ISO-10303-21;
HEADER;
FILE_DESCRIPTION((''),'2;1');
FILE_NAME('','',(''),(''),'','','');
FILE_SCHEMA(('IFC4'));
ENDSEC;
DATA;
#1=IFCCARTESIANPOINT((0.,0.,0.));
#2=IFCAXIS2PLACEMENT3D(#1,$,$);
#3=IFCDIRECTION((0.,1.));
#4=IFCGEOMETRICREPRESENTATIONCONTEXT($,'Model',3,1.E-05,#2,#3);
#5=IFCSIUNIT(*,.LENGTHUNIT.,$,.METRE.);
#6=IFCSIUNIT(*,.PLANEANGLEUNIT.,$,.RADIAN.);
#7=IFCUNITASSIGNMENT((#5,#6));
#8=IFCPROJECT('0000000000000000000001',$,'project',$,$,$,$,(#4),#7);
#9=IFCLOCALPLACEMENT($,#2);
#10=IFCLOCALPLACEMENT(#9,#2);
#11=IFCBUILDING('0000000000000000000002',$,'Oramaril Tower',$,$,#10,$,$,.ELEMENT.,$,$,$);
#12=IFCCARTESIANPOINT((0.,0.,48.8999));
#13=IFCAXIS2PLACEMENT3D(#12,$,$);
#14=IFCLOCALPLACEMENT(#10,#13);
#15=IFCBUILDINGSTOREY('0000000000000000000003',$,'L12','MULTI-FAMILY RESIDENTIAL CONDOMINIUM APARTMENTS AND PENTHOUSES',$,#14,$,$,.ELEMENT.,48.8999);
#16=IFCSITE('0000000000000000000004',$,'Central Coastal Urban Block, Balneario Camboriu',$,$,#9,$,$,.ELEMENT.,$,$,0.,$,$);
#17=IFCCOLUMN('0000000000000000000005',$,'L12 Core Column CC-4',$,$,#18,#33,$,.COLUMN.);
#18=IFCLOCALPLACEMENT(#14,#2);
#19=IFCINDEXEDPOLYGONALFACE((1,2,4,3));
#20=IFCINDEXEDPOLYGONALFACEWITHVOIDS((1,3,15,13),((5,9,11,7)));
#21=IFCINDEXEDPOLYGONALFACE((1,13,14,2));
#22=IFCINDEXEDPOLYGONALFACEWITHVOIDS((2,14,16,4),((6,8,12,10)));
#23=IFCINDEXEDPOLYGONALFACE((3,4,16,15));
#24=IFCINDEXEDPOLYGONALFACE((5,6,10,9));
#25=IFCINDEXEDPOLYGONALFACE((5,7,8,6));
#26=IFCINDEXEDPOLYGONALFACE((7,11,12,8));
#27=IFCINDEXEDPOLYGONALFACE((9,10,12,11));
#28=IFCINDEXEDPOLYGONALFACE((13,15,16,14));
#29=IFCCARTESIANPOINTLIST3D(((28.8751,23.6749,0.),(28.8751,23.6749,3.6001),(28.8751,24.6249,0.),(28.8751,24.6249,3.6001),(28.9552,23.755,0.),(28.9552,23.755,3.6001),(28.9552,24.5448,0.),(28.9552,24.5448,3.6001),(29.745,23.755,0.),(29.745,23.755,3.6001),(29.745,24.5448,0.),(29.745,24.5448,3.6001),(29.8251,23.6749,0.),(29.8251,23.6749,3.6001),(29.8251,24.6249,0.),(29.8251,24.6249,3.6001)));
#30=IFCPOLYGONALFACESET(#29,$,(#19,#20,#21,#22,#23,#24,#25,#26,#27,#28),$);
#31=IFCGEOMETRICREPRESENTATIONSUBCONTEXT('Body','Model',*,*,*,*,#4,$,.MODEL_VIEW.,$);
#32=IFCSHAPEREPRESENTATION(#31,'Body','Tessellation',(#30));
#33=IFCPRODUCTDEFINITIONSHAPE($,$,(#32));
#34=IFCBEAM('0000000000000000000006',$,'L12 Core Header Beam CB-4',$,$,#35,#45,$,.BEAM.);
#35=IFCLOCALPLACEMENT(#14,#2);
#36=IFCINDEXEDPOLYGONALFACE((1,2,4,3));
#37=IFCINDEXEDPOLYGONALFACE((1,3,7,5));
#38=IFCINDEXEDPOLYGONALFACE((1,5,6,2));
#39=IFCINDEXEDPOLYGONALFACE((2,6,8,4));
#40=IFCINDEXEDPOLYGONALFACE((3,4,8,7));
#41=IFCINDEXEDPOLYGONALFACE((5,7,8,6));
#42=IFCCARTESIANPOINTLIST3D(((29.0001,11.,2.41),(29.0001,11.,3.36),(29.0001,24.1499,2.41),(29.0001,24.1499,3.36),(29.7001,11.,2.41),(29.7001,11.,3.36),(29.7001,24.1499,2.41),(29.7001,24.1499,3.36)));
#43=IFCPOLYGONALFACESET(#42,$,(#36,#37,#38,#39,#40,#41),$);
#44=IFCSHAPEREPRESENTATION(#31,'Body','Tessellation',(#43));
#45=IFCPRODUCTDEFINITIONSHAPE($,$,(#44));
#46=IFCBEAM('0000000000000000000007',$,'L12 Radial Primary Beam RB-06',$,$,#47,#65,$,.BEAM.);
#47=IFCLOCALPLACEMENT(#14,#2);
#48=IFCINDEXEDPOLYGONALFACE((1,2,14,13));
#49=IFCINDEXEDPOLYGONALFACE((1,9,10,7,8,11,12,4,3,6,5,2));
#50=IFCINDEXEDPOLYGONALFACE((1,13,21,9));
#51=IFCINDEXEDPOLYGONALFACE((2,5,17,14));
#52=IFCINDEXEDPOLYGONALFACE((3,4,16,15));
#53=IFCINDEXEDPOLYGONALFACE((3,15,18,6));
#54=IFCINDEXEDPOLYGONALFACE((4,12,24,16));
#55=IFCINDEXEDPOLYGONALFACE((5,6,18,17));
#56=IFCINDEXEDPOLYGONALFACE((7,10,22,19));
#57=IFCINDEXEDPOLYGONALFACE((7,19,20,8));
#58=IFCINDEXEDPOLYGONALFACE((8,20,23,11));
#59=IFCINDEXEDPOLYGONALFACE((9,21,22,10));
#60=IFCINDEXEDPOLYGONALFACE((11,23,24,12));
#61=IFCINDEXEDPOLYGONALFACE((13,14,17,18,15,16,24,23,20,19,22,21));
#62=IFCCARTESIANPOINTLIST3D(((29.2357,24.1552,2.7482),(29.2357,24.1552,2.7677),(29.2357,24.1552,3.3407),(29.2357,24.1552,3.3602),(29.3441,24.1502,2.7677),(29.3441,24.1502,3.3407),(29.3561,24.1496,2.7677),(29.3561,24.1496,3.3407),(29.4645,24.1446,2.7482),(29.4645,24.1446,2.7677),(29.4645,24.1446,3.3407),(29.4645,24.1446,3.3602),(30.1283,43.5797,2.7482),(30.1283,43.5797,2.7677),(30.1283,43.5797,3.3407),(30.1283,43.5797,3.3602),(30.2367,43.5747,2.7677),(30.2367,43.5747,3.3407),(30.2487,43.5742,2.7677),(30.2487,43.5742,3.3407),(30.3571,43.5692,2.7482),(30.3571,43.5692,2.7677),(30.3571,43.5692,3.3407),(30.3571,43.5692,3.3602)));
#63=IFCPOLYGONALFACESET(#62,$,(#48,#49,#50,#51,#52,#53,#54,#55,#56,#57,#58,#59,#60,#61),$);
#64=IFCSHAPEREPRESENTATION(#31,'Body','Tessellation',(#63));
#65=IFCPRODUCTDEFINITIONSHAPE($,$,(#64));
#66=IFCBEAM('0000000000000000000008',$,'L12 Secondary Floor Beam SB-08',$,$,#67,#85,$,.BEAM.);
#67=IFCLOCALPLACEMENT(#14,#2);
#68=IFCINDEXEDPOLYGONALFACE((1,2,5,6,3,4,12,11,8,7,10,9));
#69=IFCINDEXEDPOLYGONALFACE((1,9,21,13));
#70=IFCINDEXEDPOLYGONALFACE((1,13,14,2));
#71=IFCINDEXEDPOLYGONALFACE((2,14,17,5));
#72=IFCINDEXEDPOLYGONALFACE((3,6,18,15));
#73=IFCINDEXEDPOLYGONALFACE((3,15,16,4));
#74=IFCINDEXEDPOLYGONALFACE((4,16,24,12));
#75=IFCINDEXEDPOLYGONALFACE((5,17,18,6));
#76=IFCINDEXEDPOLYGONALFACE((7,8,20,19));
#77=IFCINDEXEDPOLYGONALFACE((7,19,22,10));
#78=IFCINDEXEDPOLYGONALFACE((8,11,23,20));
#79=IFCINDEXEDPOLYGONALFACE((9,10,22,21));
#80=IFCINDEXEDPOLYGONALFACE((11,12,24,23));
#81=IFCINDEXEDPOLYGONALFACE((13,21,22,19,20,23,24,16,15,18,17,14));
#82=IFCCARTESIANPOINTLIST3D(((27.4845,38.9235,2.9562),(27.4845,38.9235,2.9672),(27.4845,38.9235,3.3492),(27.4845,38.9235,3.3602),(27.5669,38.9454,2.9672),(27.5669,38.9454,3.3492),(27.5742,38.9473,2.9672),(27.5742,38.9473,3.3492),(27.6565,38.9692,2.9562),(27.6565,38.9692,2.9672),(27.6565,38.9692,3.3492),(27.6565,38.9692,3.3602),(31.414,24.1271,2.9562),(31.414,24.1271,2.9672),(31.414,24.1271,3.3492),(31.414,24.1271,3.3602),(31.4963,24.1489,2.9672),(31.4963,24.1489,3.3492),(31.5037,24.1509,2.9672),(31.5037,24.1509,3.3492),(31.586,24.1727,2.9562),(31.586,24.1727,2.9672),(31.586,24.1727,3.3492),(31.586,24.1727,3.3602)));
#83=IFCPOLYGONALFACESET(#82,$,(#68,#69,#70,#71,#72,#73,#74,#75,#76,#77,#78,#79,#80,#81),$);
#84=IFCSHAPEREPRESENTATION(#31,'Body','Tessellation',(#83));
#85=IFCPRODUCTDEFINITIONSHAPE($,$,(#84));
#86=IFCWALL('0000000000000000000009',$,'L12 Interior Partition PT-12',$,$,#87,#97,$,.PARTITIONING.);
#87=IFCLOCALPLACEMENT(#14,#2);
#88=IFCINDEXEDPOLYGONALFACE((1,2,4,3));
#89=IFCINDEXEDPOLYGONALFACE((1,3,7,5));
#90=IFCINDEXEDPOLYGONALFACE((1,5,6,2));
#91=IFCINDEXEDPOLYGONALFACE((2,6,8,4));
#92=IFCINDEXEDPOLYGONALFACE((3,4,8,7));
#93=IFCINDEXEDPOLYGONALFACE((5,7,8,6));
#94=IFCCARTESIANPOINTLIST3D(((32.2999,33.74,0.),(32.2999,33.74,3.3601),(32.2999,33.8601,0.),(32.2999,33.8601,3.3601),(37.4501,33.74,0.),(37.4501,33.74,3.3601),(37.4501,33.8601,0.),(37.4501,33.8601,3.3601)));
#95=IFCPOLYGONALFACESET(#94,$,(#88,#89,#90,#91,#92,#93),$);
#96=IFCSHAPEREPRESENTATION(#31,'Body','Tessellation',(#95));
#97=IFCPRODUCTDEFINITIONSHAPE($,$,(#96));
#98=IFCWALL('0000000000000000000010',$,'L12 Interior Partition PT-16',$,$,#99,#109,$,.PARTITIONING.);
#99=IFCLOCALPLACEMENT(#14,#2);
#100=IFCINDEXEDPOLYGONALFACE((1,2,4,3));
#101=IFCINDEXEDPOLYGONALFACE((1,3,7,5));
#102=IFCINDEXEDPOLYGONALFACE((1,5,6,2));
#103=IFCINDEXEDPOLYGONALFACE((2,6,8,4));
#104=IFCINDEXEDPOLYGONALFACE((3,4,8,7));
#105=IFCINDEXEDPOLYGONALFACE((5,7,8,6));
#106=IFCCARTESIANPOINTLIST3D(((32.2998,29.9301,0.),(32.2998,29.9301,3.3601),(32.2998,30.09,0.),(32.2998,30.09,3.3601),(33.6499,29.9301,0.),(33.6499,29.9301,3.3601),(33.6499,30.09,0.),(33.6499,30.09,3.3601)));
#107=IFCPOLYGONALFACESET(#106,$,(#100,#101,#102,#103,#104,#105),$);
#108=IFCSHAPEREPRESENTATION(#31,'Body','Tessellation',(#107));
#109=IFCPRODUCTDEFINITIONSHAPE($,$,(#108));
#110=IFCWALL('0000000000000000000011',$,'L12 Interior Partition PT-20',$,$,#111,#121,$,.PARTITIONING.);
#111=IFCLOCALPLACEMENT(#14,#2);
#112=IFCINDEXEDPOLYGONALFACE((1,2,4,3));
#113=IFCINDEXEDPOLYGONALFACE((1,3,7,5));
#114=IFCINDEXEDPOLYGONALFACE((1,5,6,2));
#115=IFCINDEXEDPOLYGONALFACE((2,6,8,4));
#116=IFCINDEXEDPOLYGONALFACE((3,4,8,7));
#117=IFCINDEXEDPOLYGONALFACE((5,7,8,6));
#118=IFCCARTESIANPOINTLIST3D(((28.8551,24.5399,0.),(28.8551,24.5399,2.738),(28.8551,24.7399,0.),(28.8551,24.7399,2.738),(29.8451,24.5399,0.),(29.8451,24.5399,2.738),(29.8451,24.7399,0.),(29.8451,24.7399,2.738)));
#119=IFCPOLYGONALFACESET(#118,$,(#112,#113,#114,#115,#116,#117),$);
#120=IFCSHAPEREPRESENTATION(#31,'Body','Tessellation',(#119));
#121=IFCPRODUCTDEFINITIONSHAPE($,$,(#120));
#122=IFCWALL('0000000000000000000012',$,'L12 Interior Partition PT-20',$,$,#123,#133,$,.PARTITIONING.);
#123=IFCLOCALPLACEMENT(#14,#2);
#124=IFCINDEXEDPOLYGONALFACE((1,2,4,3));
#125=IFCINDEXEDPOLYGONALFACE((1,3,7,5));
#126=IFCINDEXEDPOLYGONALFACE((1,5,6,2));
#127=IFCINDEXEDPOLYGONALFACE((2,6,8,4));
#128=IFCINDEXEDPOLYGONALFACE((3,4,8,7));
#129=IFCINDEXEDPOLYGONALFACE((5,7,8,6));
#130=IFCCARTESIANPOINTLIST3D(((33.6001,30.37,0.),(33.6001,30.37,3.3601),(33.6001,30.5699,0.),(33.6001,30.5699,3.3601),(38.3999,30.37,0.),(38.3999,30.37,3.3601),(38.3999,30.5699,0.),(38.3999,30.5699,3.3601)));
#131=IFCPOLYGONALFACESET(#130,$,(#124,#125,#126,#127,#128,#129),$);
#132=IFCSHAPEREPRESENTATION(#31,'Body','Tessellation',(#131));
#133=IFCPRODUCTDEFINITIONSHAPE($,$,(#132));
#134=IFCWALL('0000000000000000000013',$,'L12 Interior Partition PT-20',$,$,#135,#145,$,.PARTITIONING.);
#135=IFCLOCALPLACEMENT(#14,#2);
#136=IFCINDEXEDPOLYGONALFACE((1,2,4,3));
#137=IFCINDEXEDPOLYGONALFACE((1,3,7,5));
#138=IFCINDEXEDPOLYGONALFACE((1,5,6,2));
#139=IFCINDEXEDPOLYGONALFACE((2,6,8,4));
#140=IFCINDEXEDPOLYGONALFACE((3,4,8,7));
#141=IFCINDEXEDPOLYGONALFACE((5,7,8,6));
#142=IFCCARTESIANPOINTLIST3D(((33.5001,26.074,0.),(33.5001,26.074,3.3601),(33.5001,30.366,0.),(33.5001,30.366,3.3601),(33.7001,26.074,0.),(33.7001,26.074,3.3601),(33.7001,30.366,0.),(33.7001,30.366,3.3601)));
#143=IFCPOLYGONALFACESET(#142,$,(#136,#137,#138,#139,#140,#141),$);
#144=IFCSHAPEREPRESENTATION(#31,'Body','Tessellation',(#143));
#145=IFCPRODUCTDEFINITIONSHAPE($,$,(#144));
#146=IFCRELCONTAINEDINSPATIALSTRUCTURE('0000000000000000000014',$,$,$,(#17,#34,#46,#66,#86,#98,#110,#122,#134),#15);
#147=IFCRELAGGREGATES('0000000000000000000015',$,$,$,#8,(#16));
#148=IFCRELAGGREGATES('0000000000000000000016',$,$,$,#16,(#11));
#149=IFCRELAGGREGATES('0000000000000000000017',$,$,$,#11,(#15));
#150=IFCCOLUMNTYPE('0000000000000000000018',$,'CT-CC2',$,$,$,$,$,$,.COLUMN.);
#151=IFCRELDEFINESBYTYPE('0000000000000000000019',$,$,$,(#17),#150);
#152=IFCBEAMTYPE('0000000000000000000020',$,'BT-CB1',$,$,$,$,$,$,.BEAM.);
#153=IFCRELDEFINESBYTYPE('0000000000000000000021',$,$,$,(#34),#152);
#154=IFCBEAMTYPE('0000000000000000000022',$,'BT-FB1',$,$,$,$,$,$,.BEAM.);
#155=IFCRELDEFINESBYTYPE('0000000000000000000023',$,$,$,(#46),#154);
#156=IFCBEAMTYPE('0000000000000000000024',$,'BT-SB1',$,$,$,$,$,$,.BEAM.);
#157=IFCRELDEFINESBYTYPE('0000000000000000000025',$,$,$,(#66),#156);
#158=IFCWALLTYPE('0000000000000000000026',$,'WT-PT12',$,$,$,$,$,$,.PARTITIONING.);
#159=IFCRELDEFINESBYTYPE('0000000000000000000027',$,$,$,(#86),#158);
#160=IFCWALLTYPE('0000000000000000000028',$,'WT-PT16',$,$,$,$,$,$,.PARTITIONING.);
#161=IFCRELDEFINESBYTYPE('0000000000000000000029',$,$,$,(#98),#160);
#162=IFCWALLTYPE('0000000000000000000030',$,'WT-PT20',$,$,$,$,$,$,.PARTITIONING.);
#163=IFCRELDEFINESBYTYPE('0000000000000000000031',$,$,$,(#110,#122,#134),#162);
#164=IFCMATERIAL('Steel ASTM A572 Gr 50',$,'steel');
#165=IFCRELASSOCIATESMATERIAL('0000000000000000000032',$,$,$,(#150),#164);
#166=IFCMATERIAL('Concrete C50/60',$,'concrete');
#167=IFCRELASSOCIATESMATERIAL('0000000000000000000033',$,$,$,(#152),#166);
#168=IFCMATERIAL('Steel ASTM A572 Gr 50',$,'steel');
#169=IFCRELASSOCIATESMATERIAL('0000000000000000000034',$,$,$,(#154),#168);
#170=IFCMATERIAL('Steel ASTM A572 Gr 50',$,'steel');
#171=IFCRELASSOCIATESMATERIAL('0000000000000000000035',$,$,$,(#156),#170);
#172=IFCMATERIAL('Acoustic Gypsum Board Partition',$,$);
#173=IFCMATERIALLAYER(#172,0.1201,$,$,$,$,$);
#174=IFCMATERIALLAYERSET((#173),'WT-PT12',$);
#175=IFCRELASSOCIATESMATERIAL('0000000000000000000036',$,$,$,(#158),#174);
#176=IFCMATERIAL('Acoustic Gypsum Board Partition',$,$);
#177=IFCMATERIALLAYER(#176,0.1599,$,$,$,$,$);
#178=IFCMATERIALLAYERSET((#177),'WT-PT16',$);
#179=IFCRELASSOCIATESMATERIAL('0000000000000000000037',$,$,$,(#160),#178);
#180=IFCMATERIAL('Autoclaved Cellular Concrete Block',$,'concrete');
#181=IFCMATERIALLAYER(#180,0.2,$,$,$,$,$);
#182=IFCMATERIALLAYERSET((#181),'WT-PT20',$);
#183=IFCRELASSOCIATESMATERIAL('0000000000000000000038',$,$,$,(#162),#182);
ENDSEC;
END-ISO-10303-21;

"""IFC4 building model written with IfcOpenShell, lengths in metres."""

from ifc_helpers import new_model, si_unit, direction, frame, frame_2d, origin, origin_2d, place, context, subcontext, project, spatial, rectangle, hollow_rectangle, i_section, extrude, material, layer, layer_set, material_profile, profile_set, type_object, element, save


model = new_model("IFC4")

# Units and contexts
model_context = context("Model", 3, precision=1e-05, world=origin(), true_north=direction((0.0, 1.0)))
body_context = subcontext(model_context, "Body", "Model", "MODEL_VIEW")
ifc_project = project(units=[si_unit("LENGTHUNIT", "METRE"), si_unit("PLANEANGLEUNIT", "RADIAN")], contexts=[model_context])

# Site, building, storey
site_placement = place(None, origin())
site = spatial("IfcSite", under=ifc_project, at=site_placement, Name="Central Coastal Urban Block, Balneario Camboriu", CompositionType="ELEMENT", RefElevation=0.0)
building_placement = place(site_placement, origin())
building = spatial("IfcBuilding", under=site, at=building_placement, Name="Oramaril Tower", CompositionType="ELEMENT")
storey_placement = place(building_placement, frame((0.0, 0.0, 48.8999)))
storey = spatial("IfcBuildingStorey", under=building, at=storey_placement, Name="L12", Description="MULTI-FAMILY RESIDENTIAL CONDOMINIUM APARTMENTS AND PENTHOUSES", CompositionType="ELEMENT", Elevation=48.8999)

# Column
ifc_material_1 = material(Name="Steel ASTM A572 Gr 50", Category="steel")
ifc_material_profile_1 = material_profile(ifc_material_1, hollow_rectangle(XDim=0.95, YDim=0.95, WallThickness=0.0801, at=origin_2d()), Name="BOX950X950X80")
ifc_profile_set_1 = profile_set([ifc_material_profile_1], Name="Steel ASTM A572 Gr 50")
column_type = type_object("IfcColumnType", Name="CT-CC2", PredefinedType="COLUMN", material=ifc_profile_set_1)
column_placement = place(storey_placement, frame((29.3501, 24.1499, 0.0), z_axis=(0.0, 0.0, 1.0), x_axis=(1.0, 0.0, 0.0)))
element("IfcColumn", 1, at=column_placement, inside=storey, type_object=column_type, Name="L12 Core Column CC-4", PredefinedType="COLUMN", context=body_context, shape_type="SweptSolid", body=[
    extrude(hollow_rectangle(XDim=0.95, YDim=0.95, WallThickness=0.0801, at=origin_2d()), origin(), (0.0, 0.0, 1.0), 3.6001),
])

# Beams
ifc_material_2 = material(Name="Concrete C50/60", Category="concrete")
ifc_material_profile_2 = material_profile(ifc_material_2, rectangle(XDim=0.7, YDim=0.95, at=origin_2d()), Name="CB700X950")
ifc_profile_set_2 = profile_set([ifc_material_profile_2], Name="Concrete C50/60")
beam_type_1 = type_object("IfcBeamType", Name="BT-CB1", PredefinedType="BEAM", material=ifc_profile_set_2)
beam_1_placement = place(storey_placement, frame((29.3501, 24.1499, 2.885), z_axis=(0.0, -1.0, 0.0), x_axis=(1.0, 0.0, 0.0)))
element("IfcBeam", 2, at=beam_1_placement, inside=storey, type_object=beam_type_1, Name="L12 Core Header Beam CB-4", PredefinedType="BEAM", context=body_context, shape_type="SweptSolid", body=[
    extrude(rectangle(XDim=0.7, YDim=0.95, at=origin_2d()), origin(), (0.0, 0.0, 1.0), 13.1499),
])
ifc_material_3 = material(Name="Steel ASTM A572 Gr 50", Category="steel")
ifc_material_profile_3 = material_profile(ifc_material_3, i_section(OverallWidth=0.229, OverallDepth=0.6121, WebThickness=0.012, FlangeThickness=0.0195, at=origin_2d()), Name="W24X84")
ifc_profile_set_3 = profile_set([ifc_material_profile_3], Name="Steel ASTM A572 Gr 50")
beam_type_2 = type_object("IfcBeamType", Name="BT-FB1", PredefinedType="BEAM", material=ifc_profile_set_3)
beam_2_placement = place(storey_placement, frame((29.3501, 24.1499, 3.0542), z_axis=(0.045903, 0.998946, 0.0), x_axis=(-0.998946, 0.045903, 0.0)))
element("IfcBeam", 3, at=beam_2_placement, inside=storey, type_object=beam_type_2, Name="L12 Radial Primary Beam RB-06", PredefinedType="BEAM", context=body_context, shape_type="SweptSolid", body=[
    extrude(i_section(OverallWidth=0.229, OverallDepth=0.6121, WebThickness=0.012, FlangeThickness=0.0195, at=origin_2d()), origin(), (0.0, 0.0, 1.0), 19.4451),
])
ifc_material_4 = material(Name="Steel ASTM A572 Gr 50", Category="steel")
ifc_material_profile_4 = material_profile(ifc_material_4, i_section(OverallWidth=0.178, OverallDepth=0.4041, WebThickness=0.0076, FlangeThickness=0.011, at=origin_2d()), Name="W16X36")
ifc_profile_set_4 = profile_set([ifc_material_profile_4], Name="Steel ASTM A572 Gr 50")
beam_type_3 = type_object("IfcBeamType", Name="BT-SB1", PredefinedType="BEAM", material=ifc_profile_set_4)
beam_3_placement = place(storey_placement, frame((31.5, 24.1499, 3.1582), z_axis=(-0.256671, 0.966499, 0.0), x_axis=(-0.966499, -0.256671, 0.0)))
element("IfcBeam", 4, at=beam_3_placement, inside=storey, type_object=beam_type_3, Name="L12 Secondary Floor Beam SB-08", PredefinedType="BEAM", context=body_context, shape_type="SweptSolid", body=[
    extrude(i_section(OverallWidth=0.178, OverallDepth=0.4041, WebThickness=0.0076, FlangeThickness=0.011, at=origin_2d()), origin(), (0.0, 0.0, 1.0), 15.3093),
])

# Wall
ifc_material_5 = material(Name="Acoustic Gypsum Board Partition")
ifc_layer_1 = layer(ifc_material_5, 0.1201)
ifc_layer_set_1 = layer_set([ifc_layer_1], Name="WT-PT12")
wall_type_1 = type_object("IfcWallType", Name="WT-PT12", PredefinedType="PARTITIONING", material=ifc_layer_set_1)
wall_1_placement = place(storey_placement, frame((32.2998, 33.8, 0.0), z_axis=(0.0, 0.0, 1.0), x_axis=(1.0, 0.0, 0.0)))
element("IfcWall", 5, at=wall_1_placement, inside=storey, type_object=wall_type_1, Name="L12 Interior Partition PT-12", PredefinedType="PARTITIONING", context=body_context, shape_type="SweptSolid", body=[
    extrude(rectangle(XDim=5.1501, YDim=0.1201, at=frame_2d((2.5752, 0.0))), origin(), (0.0, 0.0, 1.0), 3.3601),
])

# Walls
ifc_material_6 = material(Name="Acoustic Gypsum Board Partition")
ifc_layer_2 = layer(ifc_material_6, 0.1599)
ifc_layer_set_2 = layer_set([ifc_layer_2], Name="WT-PT16")
wall_type_2 = type_object("IfcWallType", Name="WT-PT16", PredefinedType="PARTITIONING", material=ifc_layer_set_2)
wall_2_placement = place(storey_placement, frame((32.2998, 30.01, 0.0), z_axis=(0.0, 0.0, 1.0), x_axis=(1.0, 0.0, 0.0)))
element("IfcWall", 6, at=wall_2_placement, inside=storey, type_object=wall_type_2, Name="L12 Interior Partition PT-16", PredefinedType="PARTITIONING", context=body_context, shape_type="SweptSolid", body=[
    extrude(rectangle(XDim=1.3501, YDim=0.1599, at=frame_2d((0.675, 0.0))), origin(), (0.0, 0.0, 1.0), 3.3601),
])
ifc_material_7 = material(Name="Autoclaved Cellular Concrete Block", Category="concrete")
ifc_layer_3 = layer(ifc_material_7, 0.2)
ifc_layer_set_3 = layer_set([ifc_layer_3], Name="WT-PT20")
wall_type_3 = type_object("IfcWallType", Name="WT-PT20", PredefinedType="PARTITIONING", material=ifc_layer_set_3)
wall_3_placement = place(storey_placement, frame((28.855, 24.6399, 0.0), z_axis=(0.0, 0.0, 1.0), x_axis=(1.0, 0.0, 0.0)))
element("IfcWall", 7, at=wall_3_placement, inside=storey, type_object=wall_type_3, Name="L12 Interior Partition PT-20", PredefinedType="PARTITIONING", context=body_context, shape_type="SweptSolid", body=[
    extrude(rectangle(XDim=0.99, YDim=0.2, at=frame_2d((0.4951, 0.0))), origin(), (0.0, 0.0, 1.0), 2.738),
])
wall_4_placement = place(storey_placement, frame((33.6001, 30.47, 0.0), z_axis=(0.0, 0.0, 1.0), x_axis=(1.0, 0.0, 0.0)))
element("IfcWall", 8, at=wall_4_placement, inside=storey, type_object=wall_type_3, Name="L12 Interior Partition PT-20", PredefinedType="PARTITIONING", context=body_context, shape_type="SweptSolid", body=[
    extrude(rectangle(XDim=4.7998, YDim=0.2, at=frame_2d((2.3999, 0.0))), origin(), (0.0, 0.0, 1.0), 3.3601),
])
wall_5_placement = place(storey_placement, frame((33.6001, 26.074, 0.0), z_axis=(0.0, 0.0, 1.0), x_axis=(0.0, 1.0, 0.0)))
element("IfcWall", 9, at=wall_5_placement, inside=storey, type_object=wall_type_3, Name="L12 Interior Partition PT-20", PredefinedType="PARTITIONING", context=body_context, shape_type="SweptSolid", body=[
    extrude(rectangle(XDim=4.292, YDim=0.2, at=frame_2d((2.146, 0.0))), origin(), (0.0, 0.0, 1.0), 3.3601),
])

save(model, "model.ifc")
